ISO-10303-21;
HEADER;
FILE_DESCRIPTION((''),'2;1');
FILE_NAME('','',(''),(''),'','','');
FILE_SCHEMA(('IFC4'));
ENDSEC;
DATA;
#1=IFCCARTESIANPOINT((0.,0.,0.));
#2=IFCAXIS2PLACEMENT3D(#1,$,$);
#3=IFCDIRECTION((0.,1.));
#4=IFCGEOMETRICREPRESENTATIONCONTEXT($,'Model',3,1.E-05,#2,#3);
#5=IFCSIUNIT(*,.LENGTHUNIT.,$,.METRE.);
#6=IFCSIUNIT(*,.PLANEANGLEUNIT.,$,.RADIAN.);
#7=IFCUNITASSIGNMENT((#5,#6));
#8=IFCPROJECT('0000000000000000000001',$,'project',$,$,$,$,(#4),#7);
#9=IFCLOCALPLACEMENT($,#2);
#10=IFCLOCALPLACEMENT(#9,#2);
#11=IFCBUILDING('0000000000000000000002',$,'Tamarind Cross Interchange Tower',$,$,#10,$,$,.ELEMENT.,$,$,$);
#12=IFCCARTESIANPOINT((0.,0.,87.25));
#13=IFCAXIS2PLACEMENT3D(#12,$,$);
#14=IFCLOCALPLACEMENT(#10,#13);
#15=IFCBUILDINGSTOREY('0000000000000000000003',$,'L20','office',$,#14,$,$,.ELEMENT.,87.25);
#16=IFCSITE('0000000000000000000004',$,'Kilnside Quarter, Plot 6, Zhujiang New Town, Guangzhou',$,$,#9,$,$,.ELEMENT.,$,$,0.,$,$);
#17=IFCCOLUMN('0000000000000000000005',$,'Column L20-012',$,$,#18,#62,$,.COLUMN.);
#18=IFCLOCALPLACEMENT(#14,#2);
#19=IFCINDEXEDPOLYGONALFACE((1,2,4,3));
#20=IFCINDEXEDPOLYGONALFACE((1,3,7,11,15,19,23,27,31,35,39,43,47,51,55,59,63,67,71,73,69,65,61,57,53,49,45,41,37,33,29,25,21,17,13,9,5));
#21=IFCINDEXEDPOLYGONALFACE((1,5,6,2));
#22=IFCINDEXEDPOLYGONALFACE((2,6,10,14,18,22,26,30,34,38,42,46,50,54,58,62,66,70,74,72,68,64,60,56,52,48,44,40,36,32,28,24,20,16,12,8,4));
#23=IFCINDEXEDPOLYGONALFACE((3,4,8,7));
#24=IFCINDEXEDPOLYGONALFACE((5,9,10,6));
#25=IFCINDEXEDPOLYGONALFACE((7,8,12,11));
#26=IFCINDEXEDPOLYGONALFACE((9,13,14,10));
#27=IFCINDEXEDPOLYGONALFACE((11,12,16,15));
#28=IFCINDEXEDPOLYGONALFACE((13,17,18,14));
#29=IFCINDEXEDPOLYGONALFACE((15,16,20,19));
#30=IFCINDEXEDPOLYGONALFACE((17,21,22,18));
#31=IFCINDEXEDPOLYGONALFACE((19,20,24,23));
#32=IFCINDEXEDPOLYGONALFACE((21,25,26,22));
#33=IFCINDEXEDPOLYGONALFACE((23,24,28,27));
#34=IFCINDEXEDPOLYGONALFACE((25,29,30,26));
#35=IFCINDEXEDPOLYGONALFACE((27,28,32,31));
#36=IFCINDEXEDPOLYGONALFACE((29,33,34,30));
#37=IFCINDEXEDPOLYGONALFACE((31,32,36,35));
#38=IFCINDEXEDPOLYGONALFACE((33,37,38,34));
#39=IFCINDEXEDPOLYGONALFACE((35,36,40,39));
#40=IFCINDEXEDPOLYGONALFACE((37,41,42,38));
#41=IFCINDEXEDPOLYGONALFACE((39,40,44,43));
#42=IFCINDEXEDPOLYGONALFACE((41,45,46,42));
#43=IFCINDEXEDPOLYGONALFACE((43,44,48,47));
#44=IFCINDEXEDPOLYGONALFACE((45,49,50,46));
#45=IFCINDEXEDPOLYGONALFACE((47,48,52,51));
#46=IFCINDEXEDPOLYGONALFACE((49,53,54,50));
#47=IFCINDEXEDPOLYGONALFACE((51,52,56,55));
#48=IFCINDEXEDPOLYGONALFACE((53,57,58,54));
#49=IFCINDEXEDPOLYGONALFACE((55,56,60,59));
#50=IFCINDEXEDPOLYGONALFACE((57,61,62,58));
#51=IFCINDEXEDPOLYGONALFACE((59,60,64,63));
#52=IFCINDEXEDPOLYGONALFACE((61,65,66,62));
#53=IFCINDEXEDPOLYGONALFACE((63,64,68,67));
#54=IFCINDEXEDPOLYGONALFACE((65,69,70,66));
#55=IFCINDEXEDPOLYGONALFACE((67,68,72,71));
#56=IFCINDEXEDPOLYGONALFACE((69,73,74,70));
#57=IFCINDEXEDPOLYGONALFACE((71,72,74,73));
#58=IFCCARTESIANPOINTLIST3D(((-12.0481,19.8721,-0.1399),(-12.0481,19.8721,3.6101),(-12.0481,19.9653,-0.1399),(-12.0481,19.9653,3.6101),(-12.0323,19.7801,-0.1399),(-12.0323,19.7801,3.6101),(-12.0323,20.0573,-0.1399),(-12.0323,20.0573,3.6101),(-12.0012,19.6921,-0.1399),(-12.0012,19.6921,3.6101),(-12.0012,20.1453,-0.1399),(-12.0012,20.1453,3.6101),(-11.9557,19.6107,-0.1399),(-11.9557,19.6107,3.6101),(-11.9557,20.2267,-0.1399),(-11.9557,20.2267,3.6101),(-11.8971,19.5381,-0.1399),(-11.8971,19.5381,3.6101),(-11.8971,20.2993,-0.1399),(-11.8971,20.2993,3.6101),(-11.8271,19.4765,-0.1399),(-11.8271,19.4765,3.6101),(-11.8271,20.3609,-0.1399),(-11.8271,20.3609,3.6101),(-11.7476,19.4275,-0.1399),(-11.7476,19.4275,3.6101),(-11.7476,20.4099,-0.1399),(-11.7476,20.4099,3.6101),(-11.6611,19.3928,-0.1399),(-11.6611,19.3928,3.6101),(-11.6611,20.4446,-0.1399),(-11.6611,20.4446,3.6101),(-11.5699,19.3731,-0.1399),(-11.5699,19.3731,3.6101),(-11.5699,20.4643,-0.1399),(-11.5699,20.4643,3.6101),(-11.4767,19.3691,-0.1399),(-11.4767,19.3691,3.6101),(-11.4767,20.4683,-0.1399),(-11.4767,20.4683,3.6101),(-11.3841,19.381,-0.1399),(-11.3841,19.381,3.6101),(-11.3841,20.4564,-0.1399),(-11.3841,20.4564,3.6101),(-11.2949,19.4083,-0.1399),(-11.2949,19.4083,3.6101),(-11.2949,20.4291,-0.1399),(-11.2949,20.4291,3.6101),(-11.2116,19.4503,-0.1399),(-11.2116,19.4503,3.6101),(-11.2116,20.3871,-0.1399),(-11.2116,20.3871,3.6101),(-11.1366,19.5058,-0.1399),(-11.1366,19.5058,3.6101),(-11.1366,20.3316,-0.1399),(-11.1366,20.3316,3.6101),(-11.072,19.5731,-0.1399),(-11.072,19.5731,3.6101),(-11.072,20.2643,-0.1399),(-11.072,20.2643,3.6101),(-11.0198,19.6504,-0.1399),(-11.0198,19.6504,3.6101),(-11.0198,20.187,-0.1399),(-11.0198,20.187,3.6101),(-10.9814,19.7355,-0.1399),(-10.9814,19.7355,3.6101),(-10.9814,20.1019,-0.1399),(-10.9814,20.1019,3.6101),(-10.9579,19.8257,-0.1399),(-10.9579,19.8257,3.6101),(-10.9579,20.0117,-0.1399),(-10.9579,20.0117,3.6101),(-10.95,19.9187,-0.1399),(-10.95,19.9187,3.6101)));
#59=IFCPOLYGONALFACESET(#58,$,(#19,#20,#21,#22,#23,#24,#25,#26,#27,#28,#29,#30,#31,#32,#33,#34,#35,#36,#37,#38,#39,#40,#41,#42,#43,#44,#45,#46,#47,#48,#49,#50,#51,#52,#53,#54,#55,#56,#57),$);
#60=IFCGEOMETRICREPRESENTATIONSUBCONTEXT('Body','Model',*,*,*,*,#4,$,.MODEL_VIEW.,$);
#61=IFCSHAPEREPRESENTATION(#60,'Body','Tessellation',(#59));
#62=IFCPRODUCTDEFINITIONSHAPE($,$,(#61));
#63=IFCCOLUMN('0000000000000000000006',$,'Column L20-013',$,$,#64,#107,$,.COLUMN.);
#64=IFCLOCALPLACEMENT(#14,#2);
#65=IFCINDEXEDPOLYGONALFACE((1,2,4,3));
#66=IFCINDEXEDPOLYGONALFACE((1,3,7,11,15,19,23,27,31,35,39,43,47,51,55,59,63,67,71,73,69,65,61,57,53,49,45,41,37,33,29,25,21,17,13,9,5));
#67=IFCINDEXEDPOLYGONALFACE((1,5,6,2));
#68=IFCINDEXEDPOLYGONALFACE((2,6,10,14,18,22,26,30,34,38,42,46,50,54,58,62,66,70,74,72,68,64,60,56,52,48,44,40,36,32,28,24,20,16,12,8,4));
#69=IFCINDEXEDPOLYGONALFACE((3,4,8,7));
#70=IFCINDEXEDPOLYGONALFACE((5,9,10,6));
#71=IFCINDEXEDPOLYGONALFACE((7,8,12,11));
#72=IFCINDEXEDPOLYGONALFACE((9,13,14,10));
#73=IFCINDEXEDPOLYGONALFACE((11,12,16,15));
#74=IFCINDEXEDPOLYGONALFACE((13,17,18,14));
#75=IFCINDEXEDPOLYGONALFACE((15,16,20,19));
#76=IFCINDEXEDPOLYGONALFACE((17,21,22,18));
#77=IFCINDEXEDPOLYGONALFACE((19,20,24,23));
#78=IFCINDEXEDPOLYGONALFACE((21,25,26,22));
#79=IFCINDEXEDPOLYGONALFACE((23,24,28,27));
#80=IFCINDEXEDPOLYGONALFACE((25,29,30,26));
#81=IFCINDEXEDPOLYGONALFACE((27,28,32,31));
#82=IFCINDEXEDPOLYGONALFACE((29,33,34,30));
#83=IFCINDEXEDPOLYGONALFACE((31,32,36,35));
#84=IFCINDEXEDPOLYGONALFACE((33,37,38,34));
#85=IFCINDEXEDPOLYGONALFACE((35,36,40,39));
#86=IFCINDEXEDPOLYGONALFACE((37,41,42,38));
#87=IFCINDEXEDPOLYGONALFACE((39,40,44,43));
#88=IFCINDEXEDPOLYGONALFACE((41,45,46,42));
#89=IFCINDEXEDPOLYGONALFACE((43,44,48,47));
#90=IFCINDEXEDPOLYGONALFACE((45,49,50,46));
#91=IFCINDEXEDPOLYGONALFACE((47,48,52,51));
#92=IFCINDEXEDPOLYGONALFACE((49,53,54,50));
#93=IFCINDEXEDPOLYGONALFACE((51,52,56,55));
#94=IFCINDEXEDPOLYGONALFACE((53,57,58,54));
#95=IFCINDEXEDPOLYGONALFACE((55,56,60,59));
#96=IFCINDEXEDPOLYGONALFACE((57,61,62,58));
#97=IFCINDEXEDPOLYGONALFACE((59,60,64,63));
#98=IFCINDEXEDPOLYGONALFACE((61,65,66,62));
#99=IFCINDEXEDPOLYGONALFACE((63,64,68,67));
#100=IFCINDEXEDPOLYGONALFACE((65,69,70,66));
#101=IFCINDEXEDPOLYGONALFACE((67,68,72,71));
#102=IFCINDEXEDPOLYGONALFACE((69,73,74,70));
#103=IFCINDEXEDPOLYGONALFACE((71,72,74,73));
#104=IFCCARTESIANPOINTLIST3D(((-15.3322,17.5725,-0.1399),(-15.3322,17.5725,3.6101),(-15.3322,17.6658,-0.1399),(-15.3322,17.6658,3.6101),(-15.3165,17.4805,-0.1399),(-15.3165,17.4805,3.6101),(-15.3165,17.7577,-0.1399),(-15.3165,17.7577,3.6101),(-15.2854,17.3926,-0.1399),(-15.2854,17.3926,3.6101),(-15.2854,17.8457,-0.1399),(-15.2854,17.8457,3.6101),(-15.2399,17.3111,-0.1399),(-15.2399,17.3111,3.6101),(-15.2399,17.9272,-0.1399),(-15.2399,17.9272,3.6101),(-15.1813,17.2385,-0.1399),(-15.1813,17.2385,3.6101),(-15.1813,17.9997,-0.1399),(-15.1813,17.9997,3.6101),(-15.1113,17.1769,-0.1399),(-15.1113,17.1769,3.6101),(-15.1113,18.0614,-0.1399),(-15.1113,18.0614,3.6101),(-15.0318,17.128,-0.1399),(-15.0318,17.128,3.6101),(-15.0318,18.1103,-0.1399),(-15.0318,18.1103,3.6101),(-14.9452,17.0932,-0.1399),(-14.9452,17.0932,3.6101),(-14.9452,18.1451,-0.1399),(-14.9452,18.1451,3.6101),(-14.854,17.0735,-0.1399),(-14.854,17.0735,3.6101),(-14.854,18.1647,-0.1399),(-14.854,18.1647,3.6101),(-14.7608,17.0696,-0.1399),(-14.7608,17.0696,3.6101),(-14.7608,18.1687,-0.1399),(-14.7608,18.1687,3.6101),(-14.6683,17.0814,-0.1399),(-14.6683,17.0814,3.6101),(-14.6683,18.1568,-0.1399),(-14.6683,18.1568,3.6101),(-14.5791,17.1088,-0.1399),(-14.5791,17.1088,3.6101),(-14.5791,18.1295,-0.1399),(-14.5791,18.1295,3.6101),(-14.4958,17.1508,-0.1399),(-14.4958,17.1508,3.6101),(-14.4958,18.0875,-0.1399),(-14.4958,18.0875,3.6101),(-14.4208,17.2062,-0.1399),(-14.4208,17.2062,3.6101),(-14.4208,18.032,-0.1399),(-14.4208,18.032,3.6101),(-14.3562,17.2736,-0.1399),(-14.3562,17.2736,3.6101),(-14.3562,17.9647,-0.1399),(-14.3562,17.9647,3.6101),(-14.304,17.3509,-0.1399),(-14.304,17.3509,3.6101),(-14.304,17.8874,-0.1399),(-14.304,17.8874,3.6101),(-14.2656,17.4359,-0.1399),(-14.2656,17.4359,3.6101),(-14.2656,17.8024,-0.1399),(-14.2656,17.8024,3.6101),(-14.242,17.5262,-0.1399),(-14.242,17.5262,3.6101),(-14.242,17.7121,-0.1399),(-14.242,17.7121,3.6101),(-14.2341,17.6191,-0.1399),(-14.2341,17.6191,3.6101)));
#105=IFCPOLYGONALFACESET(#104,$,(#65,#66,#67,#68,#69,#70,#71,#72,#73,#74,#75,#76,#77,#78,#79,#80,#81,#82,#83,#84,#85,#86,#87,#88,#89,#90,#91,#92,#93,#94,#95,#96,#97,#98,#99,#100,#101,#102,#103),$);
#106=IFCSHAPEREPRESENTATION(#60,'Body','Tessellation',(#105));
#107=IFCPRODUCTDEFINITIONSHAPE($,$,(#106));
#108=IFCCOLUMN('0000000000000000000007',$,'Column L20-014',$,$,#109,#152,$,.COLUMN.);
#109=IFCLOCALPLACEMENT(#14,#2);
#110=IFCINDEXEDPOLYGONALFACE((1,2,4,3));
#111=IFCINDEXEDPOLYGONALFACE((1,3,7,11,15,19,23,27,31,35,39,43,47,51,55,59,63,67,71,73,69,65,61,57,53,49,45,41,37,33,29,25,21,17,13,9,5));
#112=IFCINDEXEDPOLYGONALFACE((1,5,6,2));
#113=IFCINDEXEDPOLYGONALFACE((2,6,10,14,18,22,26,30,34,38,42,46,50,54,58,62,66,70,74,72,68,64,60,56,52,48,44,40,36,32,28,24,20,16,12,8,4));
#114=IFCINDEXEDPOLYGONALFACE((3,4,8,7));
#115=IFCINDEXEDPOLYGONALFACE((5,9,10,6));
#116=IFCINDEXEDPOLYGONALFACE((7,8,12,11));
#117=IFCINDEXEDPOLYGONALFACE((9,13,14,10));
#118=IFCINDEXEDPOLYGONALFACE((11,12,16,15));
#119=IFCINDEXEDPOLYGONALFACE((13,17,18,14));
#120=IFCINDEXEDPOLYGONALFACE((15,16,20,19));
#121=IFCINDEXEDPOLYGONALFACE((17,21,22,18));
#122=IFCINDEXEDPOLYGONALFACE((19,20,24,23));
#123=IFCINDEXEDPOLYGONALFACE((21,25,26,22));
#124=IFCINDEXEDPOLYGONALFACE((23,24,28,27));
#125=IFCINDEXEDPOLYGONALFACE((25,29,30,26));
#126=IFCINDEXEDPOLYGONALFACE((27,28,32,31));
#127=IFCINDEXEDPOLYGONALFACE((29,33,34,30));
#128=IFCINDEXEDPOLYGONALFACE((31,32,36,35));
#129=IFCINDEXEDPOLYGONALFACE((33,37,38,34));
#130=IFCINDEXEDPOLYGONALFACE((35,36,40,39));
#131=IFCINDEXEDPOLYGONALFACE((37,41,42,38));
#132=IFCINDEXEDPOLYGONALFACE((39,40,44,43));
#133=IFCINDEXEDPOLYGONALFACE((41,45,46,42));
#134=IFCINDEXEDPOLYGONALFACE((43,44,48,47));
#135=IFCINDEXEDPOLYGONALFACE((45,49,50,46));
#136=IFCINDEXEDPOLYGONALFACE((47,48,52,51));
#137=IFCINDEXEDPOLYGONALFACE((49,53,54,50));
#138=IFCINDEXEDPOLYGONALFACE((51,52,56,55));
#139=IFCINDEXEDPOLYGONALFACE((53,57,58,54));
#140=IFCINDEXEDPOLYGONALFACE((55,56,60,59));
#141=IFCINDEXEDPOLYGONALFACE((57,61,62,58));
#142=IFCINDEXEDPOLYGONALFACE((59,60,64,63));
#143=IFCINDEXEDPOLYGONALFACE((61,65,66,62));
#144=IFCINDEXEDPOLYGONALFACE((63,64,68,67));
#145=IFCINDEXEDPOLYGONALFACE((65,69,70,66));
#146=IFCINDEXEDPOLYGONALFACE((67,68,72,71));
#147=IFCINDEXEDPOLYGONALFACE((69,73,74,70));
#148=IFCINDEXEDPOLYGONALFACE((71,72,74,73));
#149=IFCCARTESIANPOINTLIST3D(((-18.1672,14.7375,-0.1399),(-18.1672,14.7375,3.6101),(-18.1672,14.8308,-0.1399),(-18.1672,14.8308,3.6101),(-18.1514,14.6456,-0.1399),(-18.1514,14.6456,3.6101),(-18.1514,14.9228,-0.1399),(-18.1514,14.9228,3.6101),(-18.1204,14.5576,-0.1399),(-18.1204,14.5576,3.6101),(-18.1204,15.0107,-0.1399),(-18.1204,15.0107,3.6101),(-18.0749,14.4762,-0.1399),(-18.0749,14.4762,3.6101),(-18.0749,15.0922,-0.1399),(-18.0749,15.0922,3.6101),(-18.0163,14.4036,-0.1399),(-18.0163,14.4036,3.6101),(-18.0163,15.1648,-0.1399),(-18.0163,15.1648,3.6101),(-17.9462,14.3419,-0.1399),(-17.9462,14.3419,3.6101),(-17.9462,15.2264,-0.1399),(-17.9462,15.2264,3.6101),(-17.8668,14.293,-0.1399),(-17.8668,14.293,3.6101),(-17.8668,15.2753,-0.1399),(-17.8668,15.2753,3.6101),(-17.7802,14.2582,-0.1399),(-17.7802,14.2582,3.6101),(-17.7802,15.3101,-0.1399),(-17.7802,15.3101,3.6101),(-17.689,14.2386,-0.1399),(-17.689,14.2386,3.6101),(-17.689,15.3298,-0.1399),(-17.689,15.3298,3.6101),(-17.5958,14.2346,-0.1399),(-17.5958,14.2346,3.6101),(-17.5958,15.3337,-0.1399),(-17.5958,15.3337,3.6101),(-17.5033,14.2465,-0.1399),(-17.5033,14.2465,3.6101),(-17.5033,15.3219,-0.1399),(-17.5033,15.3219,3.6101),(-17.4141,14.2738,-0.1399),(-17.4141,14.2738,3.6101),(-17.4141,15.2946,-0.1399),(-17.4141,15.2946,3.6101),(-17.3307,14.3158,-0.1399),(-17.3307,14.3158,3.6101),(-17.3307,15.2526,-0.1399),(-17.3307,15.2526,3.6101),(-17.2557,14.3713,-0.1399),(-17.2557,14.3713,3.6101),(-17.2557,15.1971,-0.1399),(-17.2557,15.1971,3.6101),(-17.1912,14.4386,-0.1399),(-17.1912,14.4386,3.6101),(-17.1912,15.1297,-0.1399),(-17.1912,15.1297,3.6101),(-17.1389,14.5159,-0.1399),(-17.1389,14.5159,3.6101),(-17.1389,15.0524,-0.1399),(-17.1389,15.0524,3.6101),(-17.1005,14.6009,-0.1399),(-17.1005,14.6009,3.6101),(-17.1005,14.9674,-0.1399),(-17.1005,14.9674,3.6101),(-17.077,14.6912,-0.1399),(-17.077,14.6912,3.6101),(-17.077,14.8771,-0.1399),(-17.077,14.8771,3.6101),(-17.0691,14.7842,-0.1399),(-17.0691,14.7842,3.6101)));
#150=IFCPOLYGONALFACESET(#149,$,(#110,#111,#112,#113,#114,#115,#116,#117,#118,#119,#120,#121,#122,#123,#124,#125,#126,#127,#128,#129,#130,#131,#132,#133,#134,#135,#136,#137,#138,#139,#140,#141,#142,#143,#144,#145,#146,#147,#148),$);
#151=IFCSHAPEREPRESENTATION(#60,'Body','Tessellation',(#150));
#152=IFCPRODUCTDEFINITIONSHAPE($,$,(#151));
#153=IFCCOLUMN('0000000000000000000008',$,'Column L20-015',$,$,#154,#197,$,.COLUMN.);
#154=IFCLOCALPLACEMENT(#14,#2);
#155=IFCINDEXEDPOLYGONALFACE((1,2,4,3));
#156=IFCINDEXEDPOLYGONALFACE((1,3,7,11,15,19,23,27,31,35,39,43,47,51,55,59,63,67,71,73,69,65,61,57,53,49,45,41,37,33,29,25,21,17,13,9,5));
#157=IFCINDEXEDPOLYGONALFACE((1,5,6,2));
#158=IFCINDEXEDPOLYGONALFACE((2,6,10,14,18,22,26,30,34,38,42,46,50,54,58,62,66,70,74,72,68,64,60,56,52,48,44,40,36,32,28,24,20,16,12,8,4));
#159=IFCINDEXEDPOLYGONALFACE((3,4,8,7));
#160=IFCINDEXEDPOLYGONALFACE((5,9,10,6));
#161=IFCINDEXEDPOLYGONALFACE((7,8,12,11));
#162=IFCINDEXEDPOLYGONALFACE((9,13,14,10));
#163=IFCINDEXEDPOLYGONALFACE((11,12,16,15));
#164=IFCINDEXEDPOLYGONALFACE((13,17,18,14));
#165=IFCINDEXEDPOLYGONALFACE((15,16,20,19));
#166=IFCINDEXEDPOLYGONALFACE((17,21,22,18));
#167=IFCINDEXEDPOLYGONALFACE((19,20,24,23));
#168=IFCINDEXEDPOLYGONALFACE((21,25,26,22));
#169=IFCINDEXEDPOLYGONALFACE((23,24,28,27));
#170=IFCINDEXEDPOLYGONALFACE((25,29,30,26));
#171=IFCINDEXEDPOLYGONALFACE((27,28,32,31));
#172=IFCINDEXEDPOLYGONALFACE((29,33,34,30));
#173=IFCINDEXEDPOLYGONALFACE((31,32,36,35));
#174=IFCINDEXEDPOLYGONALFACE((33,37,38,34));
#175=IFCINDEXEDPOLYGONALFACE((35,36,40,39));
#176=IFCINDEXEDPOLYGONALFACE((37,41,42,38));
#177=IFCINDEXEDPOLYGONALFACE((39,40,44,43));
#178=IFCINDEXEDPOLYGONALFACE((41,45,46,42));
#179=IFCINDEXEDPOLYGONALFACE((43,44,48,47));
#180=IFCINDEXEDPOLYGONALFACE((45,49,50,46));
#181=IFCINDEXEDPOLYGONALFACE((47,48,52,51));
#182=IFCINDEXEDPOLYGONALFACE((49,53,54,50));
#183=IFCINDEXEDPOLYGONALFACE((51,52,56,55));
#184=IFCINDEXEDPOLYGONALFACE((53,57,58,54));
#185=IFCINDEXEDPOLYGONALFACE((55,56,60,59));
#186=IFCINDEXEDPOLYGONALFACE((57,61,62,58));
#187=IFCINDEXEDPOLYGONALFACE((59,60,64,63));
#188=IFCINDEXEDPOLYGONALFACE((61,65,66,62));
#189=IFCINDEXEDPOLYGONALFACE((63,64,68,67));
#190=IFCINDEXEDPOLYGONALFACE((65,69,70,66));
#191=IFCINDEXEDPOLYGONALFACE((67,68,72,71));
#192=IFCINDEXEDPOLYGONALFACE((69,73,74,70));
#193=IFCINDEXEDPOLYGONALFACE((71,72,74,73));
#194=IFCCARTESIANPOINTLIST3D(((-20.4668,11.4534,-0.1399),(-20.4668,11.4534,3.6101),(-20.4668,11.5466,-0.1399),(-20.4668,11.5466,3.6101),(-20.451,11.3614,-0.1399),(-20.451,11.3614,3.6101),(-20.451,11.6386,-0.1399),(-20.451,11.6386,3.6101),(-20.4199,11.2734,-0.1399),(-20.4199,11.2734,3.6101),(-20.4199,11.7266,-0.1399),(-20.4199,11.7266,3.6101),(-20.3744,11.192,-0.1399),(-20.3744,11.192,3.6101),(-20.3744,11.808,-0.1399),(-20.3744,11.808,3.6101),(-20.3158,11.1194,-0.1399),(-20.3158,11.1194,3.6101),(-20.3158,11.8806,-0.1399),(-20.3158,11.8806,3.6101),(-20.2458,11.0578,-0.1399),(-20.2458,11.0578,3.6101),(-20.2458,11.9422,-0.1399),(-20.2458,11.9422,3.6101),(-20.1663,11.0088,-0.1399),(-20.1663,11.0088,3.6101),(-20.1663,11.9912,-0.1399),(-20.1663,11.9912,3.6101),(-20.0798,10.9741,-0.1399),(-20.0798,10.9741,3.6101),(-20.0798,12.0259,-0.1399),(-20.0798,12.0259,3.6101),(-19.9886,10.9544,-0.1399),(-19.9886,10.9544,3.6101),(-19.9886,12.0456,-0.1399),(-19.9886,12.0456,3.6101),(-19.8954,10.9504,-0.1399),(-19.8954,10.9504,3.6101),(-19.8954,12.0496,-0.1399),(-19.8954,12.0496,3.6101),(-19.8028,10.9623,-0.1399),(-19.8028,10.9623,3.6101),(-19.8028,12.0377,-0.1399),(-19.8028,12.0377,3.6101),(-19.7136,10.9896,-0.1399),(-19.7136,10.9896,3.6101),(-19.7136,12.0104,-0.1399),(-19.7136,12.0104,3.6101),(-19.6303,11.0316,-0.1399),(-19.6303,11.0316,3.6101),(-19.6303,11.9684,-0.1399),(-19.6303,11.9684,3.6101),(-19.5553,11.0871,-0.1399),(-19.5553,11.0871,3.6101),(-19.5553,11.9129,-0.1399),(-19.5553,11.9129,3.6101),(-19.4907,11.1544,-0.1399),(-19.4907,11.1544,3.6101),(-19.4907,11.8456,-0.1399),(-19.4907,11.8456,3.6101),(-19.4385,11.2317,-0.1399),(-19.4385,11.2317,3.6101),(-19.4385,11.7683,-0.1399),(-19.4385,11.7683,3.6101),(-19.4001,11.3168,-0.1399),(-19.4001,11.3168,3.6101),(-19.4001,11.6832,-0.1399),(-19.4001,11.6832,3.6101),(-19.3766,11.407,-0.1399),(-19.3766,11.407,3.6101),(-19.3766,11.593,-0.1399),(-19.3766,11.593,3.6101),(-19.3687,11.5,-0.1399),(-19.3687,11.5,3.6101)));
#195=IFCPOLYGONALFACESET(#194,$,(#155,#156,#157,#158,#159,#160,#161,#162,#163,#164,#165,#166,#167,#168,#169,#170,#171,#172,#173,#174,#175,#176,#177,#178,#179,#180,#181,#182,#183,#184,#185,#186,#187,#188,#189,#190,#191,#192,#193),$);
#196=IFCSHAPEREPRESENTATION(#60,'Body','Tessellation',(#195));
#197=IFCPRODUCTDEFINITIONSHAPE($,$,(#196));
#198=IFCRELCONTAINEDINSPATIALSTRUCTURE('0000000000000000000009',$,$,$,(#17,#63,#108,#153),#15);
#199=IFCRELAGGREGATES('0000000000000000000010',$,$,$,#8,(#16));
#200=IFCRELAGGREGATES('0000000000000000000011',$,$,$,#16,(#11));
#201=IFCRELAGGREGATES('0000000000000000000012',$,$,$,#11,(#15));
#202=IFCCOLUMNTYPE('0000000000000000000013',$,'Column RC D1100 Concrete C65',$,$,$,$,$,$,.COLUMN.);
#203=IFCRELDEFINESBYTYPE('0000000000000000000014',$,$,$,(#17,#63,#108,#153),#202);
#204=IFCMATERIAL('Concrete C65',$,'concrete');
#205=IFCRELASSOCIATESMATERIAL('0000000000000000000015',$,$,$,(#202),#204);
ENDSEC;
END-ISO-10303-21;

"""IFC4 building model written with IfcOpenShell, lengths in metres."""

from ifc_helpers import new_model, si_unit, direction, frame, origin, origin_2d, place, context, subcontext, project, spatial, circle, extrude, material, material_profile, profile_set, type_object, element, save


model = new_model("IFC4")

# Units and contexts
model_context = context("Model", 3, precision=1e-05, world=origin(), true_north=direction((0.0, 1.0)))
body_context = subcontext(model_context, "Body", "Model", "MODEL_VIEW")
ifc_project = project(units=[si_unit("LENGTHUNIT", "METRE"), si_unit("PLANEANGLEUNIT", "RADIAN")], contexts=[model_context])

# Site, building, storey
site_placement = place(None, origin())
site = spatial("IfcSite", under=ifc_project, at=site_placement, Name="Kilnside Quarter, Plot 6, Zhujiang New Town, Guangzhou", CompositionType="ELEMENT", RefElevation=0.0)
building_placement = place(site_placement, origin())
building = spatial("IfcBuilding", under=site, at=building_placement, Name="Tamarind Cross Interchange Tower", CompositionType="ELEMENT")
storey_placement = place(building_placement, frame((0.0, 0.0, 87.25)))
storey = spatial("IfcBuildingStorey", under=building, at=storey_placement, Name="L20", Description="office", CompositionType="ELEMENT", Elevation=87.25)

# Columns
ifc_material_1 = material(Name="Concrete C65", Category="concrete")
ifc_material_profile_1 = material_profile(ifc_material_1, circle(Radius=0.55, at=origin_2d()), Name="RC D1100")
ifc_profile_set_1 = profile_set([ifc_material_profile_1], Name="Concrete C65")
column_type = type_object("IfcColumnType", Name="Column RC D1100 Concrete C65", PredefinedType="COLUMN", material=ifc_profile_set_1)
for number, where, z_axis, x_axis, name in (
    (1, (-11.5, 19.9187, -0.1399), (0.0, 0.0, 1.0), (1.0, 0.0, 0.0), "Column L20-012"),
    (2, (-14.7842, 17.6191, -0.1399), (0.0, 0.0, 1.0), (1.0, 0.0, 0.0), "Column L20-013"),
    (3, (-17.6191, 14.7842, -0.1399), (0.0, 0.0, 1.0), (1.0, 0.0, 0.0), "Column L20-014"),
    (4, (-19.9187, 11.5, -0.1399), (0.0, 0.0, 1.0), (1.0, 0.0, 0.0), "Column L20-015"),
):
    element("IfcColumn", number, at=place(storey_placement, frame(where, z_axis=z_axis, x_axis=x_axis)), inside=storey, type_object=column_type, Name=name, PredefinedType="COLUMN", context=body_context, shape_type="SweptSolid", body=[
        extrude(circle(Radius=0.55, at=origin_2d()), origin(), (0.0, 0.0, 1.0), 3.75),
    ])

save(model, "model.ifc")
